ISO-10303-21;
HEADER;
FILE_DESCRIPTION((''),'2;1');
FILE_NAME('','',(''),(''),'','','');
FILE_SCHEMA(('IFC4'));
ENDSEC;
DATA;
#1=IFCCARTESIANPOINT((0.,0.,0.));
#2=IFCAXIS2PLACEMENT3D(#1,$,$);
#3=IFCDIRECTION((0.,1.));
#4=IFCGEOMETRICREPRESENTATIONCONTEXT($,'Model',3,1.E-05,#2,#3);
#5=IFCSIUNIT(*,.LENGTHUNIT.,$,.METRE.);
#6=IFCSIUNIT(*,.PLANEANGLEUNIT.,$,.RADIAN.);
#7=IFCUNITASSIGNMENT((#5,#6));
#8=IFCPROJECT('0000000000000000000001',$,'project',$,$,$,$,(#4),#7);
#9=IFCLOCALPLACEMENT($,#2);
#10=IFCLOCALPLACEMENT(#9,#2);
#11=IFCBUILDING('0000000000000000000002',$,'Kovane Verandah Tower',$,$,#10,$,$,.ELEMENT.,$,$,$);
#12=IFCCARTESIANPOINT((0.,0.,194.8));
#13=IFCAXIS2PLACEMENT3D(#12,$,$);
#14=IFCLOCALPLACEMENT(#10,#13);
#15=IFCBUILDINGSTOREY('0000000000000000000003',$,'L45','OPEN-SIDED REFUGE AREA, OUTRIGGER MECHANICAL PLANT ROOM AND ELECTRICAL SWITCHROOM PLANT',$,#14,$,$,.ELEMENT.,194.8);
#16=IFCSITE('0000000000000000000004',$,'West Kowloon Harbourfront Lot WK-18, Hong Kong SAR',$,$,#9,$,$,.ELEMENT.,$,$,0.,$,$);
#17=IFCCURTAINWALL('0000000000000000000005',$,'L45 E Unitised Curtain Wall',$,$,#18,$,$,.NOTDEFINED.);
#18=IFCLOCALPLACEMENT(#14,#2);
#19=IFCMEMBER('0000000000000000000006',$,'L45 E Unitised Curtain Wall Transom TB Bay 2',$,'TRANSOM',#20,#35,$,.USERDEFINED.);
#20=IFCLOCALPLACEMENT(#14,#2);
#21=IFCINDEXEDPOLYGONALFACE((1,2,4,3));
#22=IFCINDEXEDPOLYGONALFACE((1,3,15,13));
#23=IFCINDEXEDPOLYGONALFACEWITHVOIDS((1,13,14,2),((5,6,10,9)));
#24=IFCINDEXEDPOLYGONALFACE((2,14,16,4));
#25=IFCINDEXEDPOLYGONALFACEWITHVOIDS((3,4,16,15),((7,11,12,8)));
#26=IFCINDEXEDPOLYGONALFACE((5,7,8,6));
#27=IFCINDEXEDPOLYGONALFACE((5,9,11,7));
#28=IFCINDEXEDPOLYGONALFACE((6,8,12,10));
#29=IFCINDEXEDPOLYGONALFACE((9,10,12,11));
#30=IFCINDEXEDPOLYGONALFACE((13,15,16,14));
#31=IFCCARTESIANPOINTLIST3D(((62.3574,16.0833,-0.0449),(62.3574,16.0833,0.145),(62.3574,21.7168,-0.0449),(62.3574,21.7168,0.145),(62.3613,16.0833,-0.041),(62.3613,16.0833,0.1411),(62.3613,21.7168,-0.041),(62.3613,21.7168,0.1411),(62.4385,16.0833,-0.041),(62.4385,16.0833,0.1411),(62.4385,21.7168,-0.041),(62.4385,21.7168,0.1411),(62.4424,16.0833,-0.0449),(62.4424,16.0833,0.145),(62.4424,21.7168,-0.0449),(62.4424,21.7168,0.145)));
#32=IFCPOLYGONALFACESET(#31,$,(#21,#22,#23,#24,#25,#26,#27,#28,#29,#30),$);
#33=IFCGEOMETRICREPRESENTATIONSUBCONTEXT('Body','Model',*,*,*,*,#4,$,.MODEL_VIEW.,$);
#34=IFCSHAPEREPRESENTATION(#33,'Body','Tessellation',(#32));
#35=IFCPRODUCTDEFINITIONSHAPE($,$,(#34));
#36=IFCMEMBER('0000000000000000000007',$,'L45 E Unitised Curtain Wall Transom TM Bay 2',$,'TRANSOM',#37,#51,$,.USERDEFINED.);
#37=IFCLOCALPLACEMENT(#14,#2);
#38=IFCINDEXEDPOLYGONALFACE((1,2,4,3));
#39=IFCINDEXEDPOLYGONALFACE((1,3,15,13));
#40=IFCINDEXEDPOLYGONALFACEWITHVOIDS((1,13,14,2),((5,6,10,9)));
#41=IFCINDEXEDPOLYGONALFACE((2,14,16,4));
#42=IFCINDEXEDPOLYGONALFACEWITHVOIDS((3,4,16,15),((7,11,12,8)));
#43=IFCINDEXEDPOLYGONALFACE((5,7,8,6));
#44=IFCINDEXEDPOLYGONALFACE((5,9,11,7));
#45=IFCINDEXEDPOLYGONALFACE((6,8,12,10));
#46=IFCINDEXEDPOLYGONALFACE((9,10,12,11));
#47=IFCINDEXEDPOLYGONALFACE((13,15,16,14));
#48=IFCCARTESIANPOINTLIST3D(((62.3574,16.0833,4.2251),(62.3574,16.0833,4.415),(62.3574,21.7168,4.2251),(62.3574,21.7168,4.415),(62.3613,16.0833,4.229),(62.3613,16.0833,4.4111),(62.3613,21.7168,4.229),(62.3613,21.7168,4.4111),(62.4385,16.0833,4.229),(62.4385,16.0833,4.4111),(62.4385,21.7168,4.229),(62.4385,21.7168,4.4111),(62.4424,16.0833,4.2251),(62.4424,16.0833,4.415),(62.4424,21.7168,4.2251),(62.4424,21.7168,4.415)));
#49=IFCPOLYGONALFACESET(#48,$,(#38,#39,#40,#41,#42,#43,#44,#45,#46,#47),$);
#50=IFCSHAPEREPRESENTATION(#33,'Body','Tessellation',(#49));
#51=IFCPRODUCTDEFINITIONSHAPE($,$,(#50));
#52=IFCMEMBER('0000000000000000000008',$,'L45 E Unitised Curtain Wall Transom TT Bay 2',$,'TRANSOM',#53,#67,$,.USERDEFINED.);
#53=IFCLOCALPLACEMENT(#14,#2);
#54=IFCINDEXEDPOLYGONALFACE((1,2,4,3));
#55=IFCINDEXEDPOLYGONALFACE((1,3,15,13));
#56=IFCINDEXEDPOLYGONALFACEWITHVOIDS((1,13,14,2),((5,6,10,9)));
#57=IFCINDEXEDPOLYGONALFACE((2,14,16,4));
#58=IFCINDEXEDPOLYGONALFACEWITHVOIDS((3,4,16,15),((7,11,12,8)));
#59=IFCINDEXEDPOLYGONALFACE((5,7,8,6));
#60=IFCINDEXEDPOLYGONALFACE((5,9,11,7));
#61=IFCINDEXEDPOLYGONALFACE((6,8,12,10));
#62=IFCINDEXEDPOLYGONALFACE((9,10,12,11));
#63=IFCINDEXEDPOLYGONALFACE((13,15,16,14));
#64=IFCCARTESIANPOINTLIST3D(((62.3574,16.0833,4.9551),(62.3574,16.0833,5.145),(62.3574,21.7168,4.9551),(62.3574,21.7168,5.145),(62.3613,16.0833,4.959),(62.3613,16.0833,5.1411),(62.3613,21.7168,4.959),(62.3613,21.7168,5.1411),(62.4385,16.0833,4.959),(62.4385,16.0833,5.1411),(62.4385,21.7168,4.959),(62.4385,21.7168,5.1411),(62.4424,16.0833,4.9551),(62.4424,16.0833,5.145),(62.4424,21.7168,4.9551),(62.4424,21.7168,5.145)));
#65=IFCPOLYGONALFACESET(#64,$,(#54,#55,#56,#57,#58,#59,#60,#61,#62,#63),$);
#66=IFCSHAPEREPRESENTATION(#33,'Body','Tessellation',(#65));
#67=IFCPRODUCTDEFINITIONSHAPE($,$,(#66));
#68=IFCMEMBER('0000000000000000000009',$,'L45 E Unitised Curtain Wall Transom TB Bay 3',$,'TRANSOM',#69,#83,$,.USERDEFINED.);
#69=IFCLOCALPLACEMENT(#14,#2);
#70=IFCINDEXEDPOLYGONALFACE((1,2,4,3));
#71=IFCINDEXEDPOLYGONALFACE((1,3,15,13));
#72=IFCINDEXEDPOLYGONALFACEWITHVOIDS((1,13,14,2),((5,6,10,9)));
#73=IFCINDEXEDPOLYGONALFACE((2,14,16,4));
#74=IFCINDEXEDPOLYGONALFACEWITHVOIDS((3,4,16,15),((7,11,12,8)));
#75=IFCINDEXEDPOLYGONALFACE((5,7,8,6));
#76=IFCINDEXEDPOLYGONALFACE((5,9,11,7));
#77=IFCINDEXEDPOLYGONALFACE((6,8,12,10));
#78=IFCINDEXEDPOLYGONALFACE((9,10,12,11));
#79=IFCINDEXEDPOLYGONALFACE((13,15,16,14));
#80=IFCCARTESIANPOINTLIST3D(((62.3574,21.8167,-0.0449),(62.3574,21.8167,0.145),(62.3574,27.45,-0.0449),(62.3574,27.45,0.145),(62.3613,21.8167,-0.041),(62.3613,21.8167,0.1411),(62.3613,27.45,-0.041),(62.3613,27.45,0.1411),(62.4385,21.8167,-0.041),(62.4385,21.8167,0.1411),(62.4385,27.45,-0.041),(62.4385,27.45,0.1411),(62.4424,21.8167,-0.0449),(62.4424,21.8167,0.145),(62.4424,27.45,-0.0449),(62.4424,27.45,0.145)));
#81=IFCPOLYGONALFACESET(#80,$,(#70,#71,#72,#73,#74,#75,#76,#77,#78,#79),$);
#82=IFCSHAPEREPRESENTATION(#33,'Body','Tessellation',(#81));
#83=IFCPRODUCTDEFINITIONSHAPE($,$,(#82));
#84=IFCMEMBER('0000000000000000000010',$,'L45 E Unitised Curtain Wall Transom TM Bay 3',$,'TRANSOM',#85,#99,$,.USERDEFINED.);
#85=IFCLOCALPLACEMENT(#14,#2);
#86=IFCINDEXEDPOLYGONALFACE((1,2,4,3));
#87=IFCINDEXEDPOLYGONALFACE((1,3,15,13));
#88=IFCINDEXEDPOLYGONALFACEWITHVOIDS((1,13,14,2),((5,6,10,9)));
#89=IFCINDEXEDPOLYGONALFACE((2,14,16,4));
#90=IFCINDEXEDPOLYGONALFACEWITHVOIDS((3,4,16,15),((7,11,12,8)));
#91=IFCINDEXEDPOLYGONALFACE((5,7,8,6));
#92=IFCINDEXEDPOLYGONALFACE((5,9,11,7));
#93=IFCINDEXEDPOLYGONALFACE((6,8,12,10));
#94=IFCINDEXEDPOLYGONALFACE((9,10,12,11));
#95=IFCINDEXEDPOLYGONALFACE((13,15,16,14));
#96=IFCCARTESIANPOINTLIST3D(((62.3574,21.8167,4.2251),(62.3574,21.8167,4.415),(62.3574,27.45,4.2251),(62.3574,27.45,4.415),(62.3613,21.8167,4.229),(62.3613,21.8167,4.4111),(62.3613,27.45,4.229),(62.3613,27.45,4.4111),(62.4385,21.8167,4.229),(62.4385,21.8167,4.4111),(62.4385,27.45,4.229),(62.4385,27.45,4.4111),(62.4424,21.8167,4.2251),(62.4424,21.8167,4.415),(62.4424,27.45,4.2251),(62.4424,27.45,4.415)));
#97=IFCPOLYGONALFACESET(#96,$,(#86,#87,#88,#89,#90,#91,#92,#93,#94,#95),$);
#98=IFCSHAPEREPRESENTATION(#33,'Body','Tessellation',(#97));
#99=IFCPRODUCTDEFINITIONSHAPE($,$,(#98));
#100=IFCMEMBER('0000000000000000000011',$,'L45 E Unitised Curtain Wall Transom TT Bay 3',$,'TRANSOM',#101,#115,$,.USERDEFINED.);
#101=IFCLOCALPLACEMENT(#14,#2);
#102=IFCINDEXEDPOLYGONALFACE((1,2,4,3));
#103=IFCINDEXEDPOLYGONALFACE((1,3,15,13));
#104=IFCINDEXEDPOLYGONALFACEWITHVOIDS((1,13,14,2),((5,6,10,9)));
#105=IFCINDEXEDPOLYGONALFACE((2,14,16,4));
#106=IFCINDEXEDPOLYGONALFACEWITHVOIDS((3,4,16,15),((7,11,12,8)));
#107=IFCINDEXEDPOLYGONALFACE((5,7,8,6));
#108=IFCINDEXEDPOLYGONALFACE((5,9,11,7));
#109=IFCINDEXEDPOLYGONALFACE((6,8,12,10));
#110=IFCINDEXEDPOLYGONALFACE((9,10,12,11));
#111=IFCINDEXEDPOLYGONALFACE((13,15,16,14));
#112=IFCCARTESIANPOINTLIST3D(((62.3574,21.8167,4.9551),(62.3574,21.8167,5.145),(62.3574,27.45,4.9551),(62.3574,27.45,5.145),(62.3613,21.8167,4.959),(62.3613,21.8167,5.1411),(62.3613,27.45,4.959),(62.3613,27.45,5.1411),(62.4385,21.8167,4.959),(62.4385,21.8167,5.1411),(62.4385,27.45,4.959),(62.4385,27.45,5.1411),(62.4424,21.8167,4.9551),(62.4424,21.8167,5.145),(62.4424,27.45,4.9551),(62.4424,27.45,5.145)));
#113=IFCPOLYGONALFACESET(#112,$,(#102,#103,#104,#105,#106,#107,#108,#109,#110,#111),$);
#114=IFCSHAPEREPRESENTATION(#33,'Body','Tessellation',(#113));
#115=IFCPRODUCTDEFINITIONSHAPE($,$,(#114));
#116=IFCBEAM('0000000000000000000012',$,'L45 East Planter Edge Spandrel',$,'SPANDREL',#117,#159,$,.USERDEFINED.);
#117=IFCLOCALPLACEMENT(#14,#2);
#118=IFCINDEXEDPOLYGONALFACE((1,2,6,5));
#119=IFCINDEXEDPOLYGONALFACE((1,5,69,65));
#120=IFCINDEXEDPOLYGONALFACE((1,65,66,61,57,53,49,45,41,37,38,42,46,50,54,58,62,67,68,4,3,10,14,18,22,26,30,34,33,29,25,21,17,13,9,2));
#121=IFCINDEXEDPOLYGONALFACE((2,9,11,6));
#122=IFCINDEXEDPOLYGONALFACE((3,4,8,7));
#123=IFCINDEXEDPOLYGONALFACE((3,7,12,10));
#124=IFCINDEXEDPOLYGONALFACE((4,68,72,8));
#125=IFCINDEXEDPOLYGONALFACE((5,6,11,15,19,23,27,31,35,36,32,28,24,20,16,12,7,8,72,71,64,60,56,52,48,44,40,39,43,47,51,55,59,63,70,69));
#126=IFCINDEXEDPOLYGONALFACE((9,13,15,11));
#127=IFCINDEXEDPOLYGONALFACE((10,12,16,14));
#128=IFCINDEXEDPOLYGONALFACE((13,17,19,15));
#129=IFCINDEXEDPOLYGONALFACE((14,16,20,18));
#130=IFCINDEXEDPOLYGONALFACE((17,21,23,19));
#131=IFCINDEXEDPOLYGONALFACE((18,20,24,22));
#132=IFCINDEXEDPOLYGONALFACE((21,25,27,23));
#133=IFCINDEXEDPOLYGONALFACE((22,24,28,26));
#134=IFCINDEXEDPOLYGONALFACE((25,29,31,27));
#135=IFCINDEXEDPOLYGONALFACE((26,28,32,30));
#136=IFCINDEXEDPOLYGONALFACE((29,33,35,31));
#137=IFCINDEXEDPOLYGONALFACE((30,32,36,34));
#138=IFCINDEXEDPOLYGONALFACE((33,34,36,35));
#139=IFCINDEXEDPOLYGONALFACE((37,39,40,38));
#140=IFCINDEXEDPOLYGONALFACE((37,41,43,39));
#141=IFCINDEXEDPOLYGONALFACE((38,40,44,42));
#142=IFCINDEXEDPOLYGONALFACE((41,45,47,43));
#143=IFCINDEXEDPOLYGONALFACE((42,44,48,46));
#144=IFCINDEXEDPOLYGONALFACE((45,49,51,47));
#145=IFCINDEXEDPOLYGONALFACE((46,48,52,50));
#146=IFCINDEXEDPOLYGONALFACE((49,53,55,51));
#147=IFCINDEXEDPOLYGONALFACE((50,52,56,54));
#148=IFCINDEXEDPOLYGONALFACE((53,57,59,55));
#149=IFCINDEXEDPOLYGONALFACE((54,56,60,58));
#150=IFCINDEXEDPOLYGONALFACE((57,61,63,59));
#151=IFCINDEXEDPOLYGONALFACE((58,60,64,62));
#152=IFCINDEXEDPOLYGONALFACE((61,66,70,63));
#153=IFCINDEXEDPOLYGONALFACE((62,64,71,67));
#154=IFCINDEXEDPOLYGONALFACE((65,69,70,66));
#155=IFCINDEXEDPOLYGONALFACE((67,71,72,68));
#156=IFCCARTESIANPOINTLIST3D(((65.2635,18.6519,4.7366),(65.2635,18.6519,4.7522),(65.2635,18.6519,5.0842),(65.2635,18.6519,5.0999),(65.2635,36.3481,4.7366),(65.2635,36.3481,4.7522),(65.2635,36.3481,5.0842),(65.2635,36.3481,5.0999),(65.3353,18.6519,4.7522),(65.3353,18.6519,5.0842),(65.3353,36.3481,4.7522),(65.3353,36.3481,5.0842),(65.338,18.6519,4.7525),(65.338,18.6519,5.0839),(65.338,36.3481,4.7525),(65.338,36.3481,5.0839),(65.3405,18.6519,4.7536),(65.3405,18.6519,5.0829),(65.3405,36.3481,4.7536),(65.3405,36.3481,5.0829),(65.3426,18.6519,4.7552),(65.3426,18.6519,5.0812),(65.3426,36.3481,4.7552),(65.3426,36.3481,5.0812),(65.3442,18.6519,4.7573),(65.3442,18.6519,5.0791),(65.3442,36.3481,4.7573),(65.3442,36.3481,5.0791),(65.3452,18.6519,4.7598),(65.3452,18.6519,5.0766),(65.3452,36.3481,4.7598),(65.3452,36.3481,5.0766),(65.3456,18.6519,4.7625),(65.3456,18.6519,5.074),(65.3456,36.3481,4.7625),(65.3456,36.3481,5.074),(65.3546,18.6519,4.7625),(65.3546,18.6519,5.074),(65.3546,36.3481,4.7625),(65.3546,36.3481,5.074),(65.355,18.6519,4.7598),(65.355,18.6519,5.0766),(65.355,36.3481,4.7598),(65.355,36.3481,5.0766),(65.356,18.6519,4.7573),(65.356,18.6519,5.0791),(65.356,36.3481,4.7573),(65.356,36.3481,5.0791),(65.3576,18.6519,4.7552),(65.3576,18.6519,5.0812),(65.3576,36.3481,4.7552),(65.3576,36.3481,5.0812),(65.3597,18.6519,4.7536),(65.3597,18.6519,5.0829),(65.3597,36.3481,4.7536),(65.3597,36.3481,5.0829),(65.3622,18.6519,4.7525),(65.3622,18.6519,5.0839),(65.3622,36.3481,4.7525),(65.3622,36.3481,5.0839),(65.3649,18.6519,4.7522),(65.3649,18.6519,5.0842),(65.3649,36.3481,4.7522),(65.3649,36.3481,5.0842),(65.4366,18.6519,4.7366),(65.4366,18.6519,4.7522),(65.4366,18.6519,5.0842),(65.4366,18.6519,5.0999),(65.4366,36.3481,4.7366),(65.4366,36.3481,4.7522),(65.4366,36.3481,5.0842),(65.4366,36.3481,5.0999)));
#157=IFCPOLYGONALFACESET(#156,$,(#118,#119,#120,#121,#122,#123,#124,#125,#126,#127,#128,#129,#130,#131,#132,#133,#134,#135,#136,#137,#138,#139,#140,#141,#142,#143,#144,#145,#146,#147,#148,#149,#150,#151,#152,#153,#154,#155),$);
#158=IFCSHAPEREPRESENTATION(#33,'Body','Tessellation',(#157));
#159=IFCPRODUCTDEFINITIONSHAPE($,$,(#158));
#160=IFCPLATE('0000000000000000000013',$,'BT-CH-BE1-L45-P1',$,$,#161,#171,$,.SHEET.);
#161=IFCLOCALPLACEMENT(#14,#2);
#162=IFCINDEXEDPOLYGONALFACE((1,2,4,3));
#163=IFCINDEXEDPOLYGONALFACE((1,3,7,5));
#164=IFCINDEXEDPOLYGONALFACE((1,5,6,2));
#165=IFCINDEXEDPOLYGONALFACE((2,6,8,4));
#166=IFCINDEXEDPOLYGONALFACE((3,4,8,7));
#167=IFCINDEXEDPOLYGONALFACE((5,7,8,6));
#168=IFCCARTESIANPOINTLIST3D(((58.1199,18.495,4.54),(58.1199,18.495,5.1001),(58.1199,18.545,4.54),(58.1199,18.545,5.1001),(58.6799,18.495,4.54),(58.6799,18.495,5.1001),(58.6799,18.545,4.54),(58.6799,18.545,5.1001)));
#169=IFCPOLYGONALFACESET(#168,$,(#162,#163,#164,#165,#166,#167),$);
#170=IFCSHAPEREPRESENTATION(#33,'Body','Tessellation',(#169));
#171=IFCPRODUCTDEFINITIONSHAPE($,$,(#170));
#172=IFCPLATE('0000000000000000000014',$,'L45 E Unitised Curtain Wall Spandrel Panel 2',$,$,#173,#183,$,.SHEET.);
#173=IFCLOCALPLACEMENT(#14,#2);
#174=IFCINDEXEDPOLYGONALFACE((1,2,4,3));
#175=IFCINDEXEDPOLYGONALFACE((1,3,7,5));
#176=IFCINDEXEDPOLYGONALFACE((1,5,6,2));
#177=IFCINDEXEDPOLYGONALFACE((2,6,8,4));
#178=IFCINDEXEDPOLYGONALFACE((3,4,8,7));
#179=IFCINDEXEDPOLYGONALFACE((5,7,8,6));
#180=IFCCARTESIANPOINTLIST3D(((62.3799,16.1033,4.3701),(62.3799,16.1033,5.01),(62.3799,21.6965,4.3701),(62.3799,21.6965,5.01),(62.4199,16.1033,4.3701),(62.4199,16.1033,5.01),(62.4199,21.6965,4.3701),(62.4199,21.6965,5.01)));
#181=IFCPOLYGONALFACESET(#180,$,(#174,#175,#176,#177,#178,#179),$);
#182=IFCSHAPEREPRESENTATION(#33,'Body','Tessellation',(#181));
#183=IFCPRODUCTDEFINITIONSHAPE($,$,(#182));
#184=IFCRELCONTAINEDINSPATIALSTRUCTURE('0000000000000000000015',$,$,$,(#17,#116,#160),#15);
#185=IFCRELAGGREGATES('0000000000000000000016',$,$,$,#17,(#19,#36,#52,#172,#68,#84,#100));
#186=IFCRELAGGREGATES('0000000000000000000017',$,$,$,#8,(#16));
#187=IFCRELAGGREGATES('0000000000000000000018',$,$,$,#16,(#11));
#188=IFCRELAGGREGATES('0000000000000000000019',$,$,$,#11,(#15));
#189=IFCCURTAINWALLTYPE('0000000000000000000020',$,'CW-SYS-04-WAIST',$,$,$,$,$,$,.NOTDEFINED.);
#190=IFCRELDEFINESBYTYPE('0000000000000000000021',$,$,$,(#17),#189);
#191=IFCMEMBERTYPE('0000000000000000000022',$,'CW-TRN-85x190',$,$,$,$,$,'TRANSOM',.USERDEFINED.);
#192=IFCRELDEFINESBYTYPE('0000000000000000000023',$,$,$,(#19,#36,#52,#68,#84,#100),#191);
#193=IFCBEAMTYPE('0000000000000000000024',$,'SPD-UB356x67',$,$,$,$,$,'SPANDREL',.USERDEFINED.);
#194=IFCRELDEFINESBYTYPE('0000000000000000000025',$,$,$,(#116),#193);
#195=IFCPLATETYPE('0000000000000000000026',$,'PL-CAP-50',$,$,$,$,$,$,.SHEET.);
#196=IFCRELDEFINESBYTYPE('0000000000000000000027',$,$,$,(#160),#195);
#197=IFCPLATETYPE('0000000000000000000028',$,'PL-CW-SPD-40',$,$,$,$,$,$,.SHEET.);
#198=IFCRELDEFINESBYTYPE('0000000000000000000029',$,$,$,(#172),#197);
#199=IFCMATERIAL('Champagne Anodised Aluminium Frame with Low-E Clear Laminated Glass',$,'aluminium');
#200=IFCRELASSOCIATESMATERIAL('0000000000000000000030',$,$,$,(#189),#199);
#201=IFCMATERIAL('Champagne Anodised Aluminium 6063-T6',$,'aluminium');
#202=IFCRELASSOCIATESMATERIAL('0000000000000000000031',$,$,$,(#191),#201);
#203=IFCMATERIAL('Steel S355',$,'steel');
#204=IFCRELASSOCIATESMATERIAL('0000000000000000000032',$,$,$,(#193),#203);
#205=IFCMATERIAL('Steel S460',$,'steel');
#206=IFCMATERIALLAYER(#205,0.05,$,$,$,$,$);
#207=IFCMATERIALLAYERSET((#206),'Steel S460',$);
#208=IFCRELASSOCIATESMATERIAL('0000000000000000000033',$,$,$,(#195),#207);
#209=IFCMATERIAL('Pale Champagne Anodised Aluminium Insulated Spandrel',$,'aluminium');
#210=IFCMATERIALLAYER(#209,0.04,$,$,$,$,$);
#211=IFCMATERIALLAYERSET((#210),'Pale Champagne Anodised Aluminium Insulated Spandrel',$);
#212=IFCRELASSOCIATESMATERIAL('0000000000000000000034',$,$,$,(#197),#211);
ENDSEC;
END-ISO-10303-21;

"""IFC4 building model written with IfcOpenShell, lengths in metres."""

from ifc_helpers import new_model, si_unit, direction, frame, origin, origin_2d, place, context, subcontext, project, spatial, rectangle, hollow_rectangle, i_section, extrude, material, layer, layer_set, material_profile, profile_set, type_object, element, aggregate, save


model = new_model("IFC4")

# Units and contexts
model_context = context("Model", 3, precision=1e-05, world=origin(), true_north=direction((0.0, 1.0)))
body_context = subcontext(model_context, "Body", "Model", "MODEL_VIEW")
ifc_project = project(units=[si_unit("LENGTHUNIT", "METRE"), si_unit("PLANEANGLEUNIT", "RADIAN")], contexts=[model_context])

# Site, building, storey
site_placement = place(None, origin())
site = spatial("IfcSite", under=ifc_project, at=site_placement, Name="West Kowloon Harbourfront Lot WK-18, Hong Kong SAR", CompositionType="ELEMENT", RefElevation=0.0)
building_placement = place(site_placement, origin())
building = spatial("IfcBuilding", under=site, at=building_placement, Name="Kovane Verandah Tower", CompositionType="ELEMENT")
storey_placement = place(building_placement, frame((0.0, 0.0, 194.8)))
storey = spatial("IfcBuildingStorey", under=building, at=storey_placement, Name="L45", Description="OPEN-SIDED REFUGE AREA, OUTRIGGER MECHANICAL PLANT ROOM AND ELECTRICAL SWITCHROOM PLANT", CompositionType="ELEMENT", Elevation=194.8)

# Shared definitions
ifc_material_1 = material(Name="Steel S460", Category="steel")

# Curtain wall, members
ifc_material_2 = material(Name="Champagne Anodised Aluminium Frame with Low-E Clear Laminated Glass", Category="aluminium")
curtain_wall_type = type_object("IfcCurtainWallType", Name="CW-SYS-04-WAIST", PredefinedType="NOTDEFINED", material=ifc_material_2)
curtain_wall_placement = place(storey_placement, origin())
curtain_wall = element("IfcCurtainWall", 1, at=curtain_wall_placement, inside=storey, type_object=curtain_wall_type, Name="L45 E Unitised Curtain Wall", PredefinedType="NOTDEFINED")
ifc_material_3 = material(Name="Champagne Anodised Aluminium 6063-T6", Category="aluminium")
ifc_material_profile_1 = material_profile(ifc_material_3, hollow_rectangle(XDim=0.085, YDim=0.1899, WallThickness=0.0039, at=origin_2d()), Name="AL85x190x4")
ifc_profile_set_1 = profile_set([ifc_material_profile_1], Name="Champagne Anodised Aluminium 6063-T6")
member_type_1 = type_object("IfcMemberType", Name="CW-TRN-85x190", ElementType="TRANSOM", PredefinedType="USERDEFINED", material=ifc_profile_set_1)
member_1_placement = place(storey_placement, frame((62.3999, 16.0833, 0.05), z_axis=(0.0, 1.0, 0.0), x_axis=(-1.0, 0.0, 0.0)))
member_1 = element("IfcMember", 2, at=member_1_placement, type_object=member_type_1, Name="L45 E Unitised Curtain Wall Transom TB Bay 2", ObjectType="TRANSOM", PredefinedType="USERDEFINED", context=body_context, shape_type="SweptSolid", body=[
    extrude(hollow_rectangle(XDim=0.085, YDim=0.1899, WallThickness=0.0039, at=origin_2d()), origin(), (0.0, 0.0, 1.0), 5.6335),
])
member_2_placement = place(storey_placement, frame((62.3999, 16.0833, 4.3201), z_axis=(0.0, 1.0, 0.0), x_axis=(-1.0, 0.0, 0.0)))
member_2 = element("IfcMember", 3, at=member_2_placement, type_object=member_type_1, Name="L45 E Unitised Curtain Wall Transom TM Bay 2", ObjectType="TRANSOM", PredefinedType="USERDEFINED", context=body_context, shape_type="SweptSolid", body=[
    extrude(hollow_rectangle(XDim=0.085, YDim=0.1899, WallThickness=0.0039, at=origin_2d()), origin(), (0.0, 0.0, 1.0), 5.6335),
])
member_3_placement = place(storey_placement, frame((62.3999, 16.0833, 5.05), z_axis=(0.0, 1.0, 0.0), x_axis=(-1.0, 0.0, 0.0)))
member_3 = element("IfcMember", 4, at=member_3_placement, type_object=member_type_1, Name="L45 E Unitised Curtain Wall Transom TT Bay 2", ObjectType="TRANSOM", PredefinedType="USERDEFINED", context=body_context, shape_type="SweptSolid", body=[
    extrude(hollow_rectangle(XDim=0.085, YDim=0.1899, WallThickness=0.0039, at=origin_2d()), origin(), (0.0, 0.0, 1.0), 5.6335),
])
member_4_placement = place(storey_placement, frame((62.3999, 21.8167, 0.05), z_axis=(0.0, 1.0, 0.0), x_axis=(-1.0, 0.0, 0.0)))
member_4 = element("IfcMember", 5, at=member_4_placement, type_object=member_type_1, Name="L45 E Unitised Curtain Wall Transom TB Bay 3", ObjectType="TRANSOM", PredefinedType="USERDEFINED", context=body_context, shape_type="SweptSolid", body=[
    extrude(hollow_rectangle(XDim=0.085, YDim=0.1899, WallThickness=0.0039, at=origin_2d()), origin(), (0.0, 0.0, 1.0), 5.6333),
])
member_5_placement = place(storey_placement, frame((62.3999, 21.8167, 4.3201), z_axis=(0.0, 1.0, 0.0), x_axis=(-1.0, 0.0, 0.0)))
member_5 = element("IfcMember", 6, at=member_5_placement, type_object=member_type_1, Name="L45 E Unitised Curtain Wall Transom TM Bay 3", ObjectType="TRANSOM", PredefinedType="USERDEFINED", context=body_context, shape_type="SweptSolid", body=[
    extrude(hollow_rectangle(XDim=0.085, YDim=0.1899, WallThickness=0.0039, at=origin_2d()), origin(), (0.0, 0.0, 1.0), 5.6333),
])
member_6_placement = place(storey_placement, frame((62.3999, 21.8167, 5.05), z_axis=(0.0, 1.0, 0.0), x_axis=(-1.0, 0.0, 0.0)))
member_6 = element("IfcMember", 7, at=member_6_placement, type_object=member_type_1, Name="L45 E Unitised Curtain Wall Transom TT Bay 3", ObjectType="TRANSOM", PredefinedType="USERDEFINED", context=body_context, shape_type="SweptSolid", body=[
    extrude(hollow_rectangle(XDim=0.085, YDim=0.1899, WallThickness=0.0039, at=origin_2d()), origin(), (0.0, 0.0, 1.0), 5.6333),
])

# Beam
ifc_material_4 = material(Name="Steel S355", Category="steel")
ifc_material_profile_2 = material_profile(ifc_material_4, i_section(OverallWidth=0.1731, OverallDepth=0.3633, WebThickness=0.009, FlangeThickness=0.0156, FilletRadius=0.0103, at=origin_2d()), Name="UB356x171x67")
ifc_profile_set_2 = profile_set([ifc_material_profile_2], Name="Steel S355")
beam_type_1 = type_object("IfcBeamType", Name="SPD-UB356x67", ElementType="SPANDREL", PredefinedType="USERDEFINED", material=ifc_profile_set_2)
beam_1_placement = place(storey_placement, frame((65.3501, 18.6519, 4.9182), z_axis=(0.0, 1.0, 0.0), x_axis=(-1.0, 0.0, 0.0)))
element("IfcBeam", 8, at=beam_1_placement, inside=storey, type_object=beam_type_1, Name="L45 East Planter Edge Spandrel", ObjectType="SPANDREL", PredefinedType="USERDEFINED", context=body_context, shape_type="SweptSolid", body=[
    extrude(i_section(OverallWidth=0.1731, OverallDepth=0.3633, WebThickness=0.009, FlangeThickness=0.0156, FilletRadius=0.0103, at=origin_2d()), origin(), (0.0, 0.0, 1.0), 17.6963),
])

# Plates
ifc_layer_1 = layer(ifc_material_1, 0.05)
ifc_layer_set_1 = layer_set([ifc_layer_1], Name="Steel S460")
plate_type_1 = type_object("IfcPlateType", Name="PL-CAP-50", PredefinedType="SHEET", material=ifc_layer_set_1)
plate_1_placement = place(storey_placement, frame((58.3999, 18.52, 4.54), z_axis=(0.0, 0.0, 1.0), x_axis=(0.0, 1.0, 0.0)))
element("IfcPlate", 9, at=plate_1_placement, inside=storey, type_object=plate_type_1, Name="BT-CH-BE1-L45-P1", PredefinedType="SHEET", context=body_context, shape_type="SweptSolid", body=[
    extrude(rectangle(XDim=0.05, YDim=0.5601, at=origin_2d()), origin(), (0.0, 0.0, 1.0), 0.5601),
])
ifc_material_5 = material(Name="Pale Champagne Anodised Aluminium Insulated Spandrel", Category="aluminium")
ifc_layer_2 = layer(ifc_material_5, 0.04)
ifc_layer_set_2 = layer_set([ifc_layer_2], Name="Pale Champagne Anodised Aluminium Insulated Spandrel")
plate_type_2 = type_object("IfcPlateType", Name="PL-CW-SPD-40", PredefinedType="SHEET", material=ifc_layer_set_2)
plate_2_placement = place(storey_placement, frame((62.3999, 18.8999, 4.3701), z_axis=(0.0, 0.0, 1.0), x_axis=(0.0, 1.0, 0.0)))
plate_2 = element("IfcPlate", 10, at=plate_2_placement, type_object=plate_type_2, Name="L45 E Unitised Curtain Wall Spandrel Panel 2", PredefinedType="SHEET", context=body_context, shape_type="SweptSolid", body=[
    extrude(rectangle(XDim=5.5933, YDim=0.04, at=origin_2d()), origin(), (0.0, 0.0, 1.0), 0.6399),
])
aggregate(curtain_wall, [member_1, member_2, member_3, plate_2, member_4, member_5, member_6])

save(model, "model.ifc")
